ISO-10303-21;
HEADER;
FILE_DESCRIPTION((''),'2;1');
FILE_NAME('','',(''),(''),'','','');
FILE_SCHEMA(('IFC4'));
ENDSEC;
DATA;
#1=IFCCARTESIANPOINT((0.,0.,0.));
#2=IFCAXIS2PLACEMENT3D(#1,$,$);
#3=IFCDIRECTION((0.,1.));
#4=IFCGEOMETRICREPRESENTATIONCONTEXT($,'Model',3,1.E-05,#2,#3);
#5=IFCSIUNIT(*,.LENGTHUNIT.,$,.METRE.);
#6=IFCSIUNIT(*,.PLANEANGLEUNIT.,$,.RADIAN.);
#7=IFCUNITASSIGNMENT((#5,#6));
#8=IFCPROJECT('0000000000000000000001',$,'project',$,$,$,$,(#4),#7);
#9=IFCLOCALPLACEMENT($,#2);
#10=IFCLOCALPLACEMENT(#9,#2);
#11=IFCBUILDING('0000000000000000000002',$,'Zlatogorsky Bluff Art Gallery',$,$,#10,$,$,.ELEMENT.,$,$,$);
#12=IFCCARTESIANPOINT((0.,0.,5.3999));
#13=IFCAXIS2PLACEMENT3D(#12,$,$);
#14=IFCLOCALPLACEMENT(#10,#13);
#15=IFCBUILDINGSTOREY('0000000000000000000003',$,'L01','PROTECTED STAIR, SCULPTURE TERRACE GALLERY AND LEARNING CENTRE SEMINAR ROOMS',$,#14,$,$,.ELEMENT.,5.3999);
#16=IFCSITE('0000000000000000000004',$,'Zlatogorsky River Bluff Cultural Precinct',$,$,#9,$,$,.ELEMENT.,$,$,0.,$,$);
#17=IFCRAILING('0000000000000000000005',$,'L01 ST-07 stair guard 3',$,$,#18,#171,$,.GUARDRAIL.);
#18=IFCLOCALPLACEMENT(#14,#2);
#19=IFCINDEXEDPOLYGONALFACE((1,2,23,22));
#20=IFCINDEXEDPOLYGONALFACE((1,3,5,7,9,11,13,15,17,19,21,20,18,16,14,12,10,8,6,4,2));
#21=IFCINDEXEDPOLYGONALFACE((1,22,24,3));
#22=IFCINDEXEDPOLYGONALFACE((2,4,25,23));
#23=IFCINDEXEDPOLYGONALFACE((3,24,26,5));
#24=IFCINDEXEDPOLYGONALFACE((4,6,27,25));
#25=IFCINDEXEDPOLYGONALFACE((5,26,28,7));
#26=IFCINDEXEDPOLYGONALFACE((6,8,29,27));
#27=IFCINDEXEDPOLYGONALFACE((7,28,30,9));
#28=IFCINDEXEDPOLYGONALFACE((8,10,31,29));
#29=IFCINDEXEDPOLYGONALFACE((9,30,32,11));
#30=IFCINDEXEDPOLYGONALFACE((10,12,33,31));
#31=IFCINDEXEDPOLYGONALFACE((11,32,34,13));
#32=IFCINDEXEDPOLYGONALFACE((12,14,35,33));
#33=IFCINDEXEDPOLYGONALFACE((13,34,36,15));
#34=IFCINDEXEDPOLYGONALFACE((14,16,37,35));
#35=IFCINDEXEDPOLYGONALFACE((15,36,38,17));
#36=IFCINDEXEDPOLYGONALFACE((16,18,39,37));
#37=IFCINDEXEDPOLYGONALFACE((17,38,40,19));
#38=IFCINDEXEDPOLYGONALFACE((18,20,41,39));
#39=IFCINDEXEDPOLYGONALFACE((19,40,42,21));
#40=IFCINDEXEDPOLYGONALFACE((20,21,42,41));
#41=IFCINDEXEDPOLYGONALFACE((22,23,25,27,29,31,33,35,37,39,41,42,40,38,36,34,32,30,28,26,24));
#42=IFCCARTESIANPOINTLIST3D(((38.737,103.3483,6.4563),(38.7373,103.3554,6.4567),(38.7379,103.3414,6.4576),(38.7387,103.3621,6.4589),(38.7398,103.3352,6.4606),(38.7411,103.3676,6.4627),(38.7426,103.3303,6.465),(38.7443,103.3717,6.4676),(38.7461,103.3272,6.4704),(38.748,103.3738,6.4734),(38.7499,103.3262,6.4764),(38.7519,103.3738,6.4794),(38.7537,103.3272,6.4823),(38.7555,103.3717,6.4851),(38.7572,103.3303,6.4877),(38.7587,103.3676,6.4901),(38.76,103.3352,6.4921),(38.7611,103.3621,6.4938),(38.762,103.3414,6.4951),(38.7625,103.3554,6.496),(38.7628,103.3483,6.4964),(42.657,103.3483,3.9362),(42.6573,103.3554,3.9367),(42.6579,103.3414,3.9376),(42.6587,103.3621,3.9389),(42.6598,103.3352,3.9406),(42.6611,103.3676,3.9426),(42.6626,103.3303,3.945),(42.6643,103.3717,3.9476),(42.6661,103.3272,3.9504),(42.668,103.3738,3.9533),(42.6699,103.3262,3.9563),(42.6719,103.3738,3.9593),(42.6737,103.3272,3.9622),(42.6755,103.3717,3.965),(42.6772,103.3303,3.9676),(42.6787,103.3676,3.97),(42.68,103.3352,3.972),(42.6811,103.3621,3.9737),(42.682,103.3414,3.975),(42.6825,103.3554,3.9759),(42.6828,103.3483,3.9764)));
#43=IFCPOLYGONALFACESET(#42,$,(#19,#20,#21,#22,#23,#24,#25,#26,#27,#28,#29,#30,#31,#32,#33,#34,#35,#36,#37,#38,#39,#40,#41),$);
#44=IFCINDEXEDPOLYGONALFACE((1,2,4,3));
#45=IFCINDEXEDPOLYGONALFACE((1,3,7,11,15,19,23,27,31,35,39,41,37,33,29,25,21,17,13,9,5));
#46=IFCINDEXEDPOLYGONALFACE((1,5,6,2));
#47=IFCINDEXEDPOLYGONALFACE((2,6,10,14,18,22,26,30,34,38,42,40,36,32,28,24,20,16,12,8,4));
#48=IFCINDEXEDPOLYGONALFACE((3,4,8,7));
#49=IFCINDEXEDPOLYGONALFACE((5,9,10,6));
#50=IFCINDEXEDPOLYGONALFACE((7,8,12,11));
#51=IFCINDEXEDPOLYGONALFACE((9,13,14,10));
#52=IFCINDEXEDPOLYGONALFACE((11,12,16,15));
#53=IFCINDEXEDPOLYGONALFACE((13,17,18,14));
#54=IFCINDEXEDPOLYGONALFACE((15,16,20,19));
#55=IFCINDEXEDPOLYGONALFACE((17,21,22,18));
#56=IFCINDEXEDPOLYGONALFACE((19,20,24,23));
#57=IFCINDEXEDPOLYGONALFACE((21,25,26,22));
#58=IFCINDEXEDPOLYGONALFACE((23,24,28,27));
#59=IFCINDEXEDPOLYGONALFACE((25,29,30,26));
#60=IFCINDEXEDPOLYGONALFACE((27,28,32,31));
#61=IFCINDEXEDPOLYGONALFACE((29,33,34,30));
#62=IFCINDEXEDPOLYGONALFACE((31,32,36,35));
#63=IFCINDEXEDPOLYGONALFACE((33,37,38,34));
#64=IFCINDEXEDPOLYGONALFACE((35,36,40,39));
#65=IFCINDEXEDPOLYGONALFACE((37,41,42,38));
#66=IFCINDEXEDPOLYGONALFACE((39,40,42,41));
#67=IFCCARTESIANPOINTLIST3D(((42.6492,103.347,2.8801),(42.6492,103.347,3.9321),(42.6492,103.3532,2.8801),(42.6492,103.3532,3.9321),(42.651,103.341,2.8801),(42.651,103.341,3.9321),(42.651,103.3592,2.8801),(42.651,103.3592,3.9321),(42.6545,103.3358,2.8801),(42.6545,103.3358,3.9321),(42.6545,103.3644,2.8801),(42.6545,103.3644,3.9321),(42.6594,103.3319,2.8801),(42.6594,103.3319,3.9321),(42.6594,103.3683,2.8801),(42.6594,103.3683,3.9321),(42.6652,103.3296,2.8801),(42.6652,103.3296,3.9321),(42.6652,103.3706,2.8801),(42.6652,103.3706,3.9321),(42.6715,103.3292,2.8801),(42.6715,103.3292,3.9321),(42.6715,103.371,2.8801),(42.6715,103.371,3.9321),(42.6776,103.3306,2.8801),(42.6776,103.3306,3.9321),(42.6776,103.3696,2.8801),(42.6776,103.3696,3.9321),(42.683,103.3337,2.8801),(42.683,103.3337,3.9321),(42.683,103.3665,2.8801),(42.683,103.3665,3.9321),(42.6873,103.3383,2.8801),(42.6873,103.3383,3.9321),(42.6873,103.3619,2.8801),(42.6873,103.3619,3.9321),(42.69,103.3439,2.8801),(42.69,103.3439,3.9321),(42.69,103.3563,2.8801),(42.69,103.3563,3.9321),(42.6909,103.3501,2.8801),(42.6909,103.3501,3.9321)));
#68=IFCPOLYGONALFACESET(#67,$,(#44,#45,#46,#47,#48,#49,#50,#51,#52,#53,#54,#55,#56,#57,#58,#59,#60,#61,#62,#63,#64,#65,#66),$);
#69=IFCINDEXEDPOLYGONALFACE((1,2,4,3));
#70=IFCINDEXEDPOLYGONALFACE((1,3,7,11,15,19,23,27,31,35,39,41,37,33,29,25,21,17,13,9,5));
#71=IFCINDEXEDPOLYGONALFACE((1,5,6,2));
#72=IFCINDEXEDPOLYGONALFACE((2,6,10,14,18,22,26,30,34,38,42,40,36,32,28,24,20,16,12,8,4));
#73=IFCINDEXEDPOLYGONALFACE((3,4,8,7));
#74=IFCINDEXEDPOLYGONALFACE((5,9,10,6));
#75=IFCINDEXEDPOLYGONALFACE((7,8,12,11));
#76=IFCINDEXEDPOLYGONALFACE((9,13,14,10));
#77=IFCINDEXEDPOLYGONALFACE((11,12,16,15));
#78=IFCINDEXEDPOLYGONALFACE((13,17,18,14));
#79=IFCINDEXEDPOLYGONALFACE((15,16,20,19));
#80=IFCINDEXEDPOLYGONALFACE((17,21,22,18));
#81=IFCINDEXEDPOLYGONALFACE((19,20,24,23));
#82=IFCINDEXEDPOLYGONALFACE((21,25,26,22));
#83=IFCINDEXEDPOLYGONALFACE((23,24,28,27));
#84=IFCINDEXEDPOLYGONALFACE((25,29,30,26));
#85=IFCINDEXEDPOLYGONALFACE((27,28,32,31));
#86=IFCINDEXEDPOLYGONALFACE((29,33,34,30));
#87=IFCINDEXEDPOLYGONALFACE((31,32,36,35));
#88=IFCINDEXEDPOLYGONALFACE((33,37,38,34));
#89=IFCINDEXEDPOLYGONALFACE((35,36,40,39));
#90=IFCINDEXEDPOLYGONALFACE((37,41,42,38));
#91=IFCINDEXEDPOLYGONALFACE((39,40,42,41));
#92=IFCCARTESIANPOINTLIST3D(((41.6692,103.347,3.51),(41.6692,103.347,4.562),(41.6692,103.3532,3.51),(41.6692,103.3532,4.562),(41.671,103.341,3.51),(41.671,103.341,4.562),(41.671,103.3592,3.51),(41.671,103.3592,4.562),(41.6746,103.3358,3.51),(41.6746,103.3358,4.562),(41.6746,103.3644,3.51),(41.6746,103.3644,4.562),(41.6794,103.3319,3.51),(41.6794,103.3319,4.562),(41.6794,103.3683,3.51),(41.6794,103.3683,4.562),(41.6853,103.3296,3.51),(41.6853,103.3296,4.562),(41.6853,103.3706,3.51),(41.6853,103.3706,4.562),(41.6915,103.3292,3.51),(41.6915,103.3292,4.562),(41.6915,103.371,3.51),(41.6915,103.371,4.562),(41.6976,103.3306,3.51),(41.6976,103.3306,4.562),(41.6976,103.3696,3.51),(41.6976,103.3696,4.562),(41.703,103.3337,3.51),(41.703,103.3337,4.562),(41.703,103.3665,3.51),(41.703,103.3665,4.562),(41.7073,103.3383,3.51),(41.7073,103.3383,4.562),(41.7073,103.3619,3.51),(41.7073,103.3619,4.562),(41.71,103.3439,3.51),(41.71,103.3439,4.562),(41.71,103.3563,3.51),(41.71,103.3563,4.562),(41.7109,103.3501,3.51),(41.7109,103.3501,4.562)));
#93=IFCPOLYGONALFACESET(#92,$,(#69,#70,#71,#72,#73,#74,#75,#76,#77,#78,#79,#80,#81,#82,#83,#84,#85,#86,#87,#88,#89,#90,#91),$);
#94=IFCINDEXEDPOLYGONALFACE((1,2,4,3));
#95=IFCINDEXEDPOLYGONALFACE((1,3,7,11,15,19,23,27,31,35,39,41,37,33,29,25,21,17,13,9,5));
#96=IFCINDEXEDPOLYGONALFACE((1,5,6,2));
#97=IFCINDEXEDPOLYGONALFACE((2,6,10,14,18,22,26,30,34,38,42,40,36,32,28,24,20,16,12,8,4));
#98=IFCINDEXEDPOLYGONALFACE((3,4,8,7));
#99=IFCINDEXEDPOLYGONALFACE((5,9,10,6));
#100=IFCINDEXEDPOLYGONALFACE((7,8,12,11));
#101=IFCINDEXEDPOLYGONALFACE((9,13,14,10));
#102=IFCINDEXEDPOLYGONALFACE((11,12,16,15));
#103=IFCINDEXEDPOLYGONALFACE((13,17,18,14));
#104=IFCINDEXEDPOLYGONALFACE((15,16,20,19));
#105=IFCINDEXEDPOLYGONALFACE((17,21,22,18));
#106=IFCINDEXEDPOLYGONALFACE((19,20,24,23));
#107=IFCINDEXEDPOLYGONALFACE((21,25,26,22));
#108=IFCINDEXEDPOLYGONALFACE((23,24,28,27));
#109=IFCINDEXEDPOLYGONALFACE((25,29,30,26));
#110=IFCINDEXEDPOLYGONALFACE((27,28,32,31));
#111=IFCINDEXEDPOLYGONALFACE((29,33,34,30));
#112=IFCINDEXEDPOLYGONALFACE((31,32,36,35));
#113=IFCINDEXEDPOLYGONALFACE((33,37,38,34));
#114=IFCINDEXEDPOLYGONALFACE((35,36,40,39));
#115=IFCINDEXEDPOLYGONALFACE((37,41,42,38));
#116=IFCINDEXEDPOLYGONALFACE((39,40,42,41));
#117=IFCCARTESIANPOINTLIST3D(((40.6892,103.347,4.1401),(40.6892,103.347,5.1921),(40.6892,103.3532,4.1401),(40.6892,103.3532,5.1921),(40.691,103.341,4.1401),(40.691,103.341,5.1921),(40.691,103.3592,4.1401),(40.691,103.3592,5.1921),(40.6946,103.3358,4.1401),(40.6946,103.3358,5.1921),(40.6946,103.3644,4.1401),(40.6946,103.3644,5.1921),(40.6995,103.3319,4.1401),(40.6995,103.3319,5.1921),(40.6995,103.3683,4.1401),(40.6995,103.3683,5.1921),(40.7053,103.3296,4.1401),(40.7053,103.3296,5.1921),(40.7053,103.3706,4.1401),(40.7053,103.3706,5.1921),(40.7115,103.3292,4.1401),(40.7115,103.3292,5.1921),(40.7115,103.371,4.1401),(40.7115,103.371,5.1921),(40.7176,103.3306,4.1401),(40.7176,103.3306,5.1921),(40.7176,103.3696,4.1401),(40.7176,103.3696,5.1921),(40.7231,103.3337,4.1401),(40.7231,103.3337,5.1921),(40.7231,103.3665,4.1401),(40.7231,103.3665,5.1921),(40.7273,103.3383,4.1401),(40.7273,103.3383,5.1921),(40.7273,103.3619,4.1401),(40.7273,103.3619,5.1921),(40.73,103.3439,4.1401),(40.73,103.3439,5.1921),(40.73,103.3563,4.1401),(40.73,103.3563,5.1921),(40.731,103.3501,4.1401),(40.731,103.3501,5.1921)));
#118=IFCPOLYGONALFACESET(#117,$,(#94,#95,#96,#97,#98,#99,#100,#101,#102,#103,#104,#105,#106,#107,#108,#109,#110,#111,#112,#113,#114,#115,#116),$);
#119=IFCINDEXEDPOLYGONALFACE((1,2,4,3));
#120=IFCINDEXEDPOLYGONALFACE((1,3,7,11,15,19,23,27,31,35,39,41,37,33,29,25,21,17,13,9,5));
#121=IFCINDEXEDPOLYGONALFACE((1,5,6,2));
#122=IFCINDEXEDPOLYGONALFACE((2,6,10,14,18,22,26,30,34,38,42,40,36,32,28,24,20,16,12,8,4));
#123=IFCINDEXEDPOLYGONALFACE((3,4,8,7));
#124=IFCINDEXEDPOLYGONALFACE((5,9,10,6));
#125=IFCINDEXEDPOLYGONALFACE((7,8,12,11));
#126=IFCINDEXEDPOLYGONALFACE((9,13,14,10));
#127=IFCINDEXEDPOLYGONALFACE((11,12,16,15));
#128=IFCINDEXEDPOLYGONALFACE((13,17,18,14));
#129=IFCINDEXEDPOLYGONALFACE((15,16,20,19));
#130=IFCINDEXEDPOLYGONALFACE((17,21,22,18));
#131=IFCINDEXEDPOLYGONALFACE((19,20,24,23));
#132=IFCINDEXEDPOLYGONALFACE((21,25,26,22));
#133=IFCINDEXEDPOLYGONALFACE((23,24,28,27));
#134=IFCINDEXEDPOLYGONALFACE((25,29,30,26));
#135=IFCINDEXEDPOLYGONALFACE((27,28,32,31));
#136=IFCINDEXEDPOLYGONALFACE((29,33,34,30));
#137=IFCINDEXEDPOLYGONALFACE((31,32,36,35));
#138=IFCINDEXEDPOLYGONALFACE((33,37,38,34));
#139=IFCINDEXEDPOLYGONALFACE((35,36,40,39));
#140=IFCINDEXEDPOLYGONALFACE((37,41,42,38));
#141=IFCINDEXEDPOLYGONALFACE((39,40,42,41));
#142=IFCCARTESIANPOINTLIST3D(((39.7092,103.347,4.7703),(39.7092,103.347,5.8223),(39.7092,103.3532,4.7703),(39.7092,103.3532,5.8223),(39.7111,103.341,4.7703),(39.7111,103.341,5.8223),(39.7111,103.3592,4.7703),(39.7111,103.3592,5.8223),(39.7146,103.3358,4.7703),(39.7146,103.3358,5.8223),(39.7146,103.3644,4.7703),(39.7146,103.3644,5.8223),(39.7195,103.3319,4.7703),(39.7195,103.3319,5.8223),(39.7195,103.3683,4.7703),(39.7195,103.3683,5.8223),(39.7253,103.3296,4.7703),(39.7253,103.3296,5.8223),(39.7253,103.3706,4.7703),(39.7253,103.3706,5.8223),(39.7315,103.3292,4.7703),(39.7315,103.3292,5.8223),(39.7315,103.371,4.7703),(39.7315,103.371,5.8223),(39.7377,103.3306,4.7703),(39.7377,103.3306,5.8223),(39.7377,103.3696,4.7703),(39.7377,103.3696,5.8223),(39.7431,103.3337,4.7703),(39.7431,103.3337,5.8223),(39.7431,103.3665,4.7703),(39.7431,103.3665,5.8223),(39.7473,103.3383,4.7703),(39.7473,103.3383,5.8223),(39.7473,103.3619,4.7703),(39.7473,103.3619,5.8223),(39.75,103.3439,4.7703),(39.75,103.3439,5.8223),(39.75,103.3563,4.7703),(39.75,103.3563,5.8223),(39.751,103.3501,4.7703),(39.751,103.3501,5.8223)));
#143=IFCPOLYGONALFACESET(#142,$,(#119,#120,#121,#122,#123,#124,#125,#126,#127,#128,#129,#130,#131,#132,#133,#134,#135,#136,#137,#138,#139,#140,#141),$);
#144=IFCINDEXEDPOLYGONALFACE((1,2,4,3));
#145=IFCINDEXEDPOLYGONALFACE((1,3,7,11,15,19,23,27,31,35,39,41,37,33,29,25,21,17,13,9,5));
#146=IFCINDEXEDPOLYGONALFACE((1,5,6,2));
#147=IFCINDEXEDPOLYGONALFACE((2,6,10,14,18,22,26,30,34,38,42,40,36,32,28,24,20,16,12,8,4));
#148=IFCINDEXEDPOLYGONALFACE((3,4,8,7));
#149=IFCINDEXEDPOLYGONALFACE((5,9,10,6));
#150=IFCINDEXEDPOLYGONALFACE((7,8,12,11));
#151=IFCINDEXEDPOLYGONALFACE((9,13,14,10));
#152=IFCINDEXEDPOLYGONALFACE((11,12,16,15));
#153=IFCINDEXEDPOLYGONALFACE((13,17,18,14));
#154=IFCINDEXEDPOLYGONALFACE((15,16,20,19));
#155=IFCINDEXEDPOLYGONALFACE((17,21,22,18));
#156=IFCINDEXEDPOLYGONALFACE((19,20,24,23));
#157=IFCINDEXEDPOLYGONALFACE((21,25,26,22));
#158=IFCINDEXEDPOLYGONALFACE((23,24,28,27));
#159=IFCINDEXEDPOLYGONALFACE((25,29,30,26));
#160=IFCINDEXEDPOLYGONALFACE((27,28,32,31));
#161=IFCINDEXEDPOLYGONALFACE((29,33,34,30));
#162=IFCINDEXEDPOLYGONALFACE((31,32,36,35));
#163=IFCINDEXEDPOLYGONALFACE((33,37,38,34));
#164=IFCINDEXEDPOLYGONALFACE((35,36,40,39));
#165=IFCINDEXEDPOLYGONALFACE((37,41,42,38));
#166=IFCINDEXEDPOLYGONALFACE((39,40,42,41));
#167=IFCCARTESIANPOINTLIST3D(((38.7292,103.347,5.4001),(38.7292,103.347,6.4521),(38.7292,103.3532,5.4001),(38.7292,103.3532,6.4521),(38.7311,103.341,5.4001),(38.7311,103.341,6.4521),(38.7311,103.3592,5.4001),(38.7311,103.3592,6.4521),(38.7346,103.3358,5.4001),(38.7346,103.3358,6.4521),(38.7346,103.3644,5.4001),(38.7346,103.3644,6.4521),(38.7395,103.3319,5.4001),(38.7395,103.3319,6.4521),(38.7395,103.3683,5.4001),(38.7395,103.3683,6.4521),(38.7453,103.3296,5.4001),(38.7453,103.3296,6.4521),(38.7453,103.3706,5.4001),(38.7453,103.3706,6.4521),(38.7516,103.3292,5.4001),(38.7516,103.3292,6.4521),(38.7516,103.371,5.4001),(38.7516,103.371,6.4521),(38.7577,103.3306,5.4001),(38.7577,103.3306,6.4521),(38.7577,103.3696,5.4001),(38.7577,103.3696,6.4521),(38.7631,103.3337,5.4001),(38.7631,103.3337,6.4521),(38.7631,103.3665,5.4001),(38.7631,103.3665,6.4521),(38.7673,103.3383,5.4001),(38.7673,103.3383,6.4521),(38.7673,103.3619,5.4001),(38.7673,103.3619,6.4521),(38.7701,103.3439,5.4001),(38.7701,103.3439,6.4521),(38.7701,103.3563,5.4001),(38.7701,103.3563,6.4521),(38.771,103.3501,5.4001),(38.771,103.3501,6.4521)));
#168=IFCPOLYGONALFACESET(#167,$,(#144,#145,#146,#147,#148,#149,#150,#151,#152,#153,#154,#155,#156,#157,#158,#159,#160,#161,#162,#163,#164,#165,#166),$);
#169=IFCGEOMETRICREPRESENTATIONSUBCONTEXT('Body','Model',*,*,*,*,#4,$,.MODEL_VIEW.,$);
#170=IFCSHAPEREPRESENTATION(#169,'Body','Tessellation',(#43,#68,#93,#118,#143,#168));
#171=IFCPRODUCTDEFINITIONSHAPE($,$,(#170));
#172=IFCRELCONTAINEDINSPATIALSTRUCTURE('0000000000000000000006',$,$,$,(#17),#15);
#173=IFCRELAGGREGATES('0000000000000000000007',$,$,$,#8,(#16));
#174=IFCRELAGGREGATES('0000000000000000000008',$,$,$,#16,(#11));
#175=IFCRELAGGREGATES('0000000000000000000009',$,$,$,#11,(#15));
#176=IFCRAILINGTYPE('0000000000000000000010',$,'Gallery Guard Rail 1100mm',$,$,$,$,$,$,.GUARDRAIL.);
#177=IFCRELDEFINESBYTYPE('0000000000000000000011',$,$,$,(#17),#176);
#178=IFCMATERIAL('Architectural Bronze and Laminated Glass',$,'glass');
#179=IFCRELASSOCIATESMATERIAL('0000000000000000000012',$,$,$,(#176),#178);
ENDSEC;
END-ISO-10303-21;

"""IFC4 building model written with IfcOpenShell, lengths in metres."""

from ifc_helpers import new_model, si_unit, direction, frame, origin, origin_2d, place, context, subcontext, project, spatial, circle, extrude, material, type_object, element, save


model = new_model("IFC4")

# Units and contexts
model_context = context("Model", 3, precision=1e-05, world=origin(), true_north=direction((0.0, 1.0)))
body_context = subcontext(model_context, "Body", "Model", "MODEL_VIEW")
ifc_project = project(units=[si_unit("LENGTHUNIT", "METRE"), si_unit("PLANEANGLEUNIT", "RADIAN")], contexts=[model_context])

# Site, building, storey
site_placement = place(None, origin())
site = spatial("IfcSite", under=ifc_project, at=site_placement, Name="Zlatogorsky River Bluff Cultural Precinct", CompositionType="ELEMENT", RefElevation=0.0)
building_placement = place(site_placement, origin())
building = spatial("IfcBuilding", under=site, at=building_placement, Name="Zlatogorsky Bluff Art Gallery", CompositionType="ELEMENT")
storey_placement = place(building_placement, frame((0.0, 0.0, 5.3999)))
storey = spatial("IfcBuildingStorey", under=building, at=storey_placement, Name="L01", Description="PROTECTED STAIR, SCULPTURE TERRACE GALLERY AND LEARNING CENTRE SEMINAR ROOMS", CompositionType="ELEMENT", Elevation=5.3999)

# Railing
ifc_material_1 = material(Name="Architectural Bronze and Laminated Glass", Category="glass")
railing_type_1 = type_object("IfcRailingType", Name="Gallery Guard Rail 1100mm", PredefinedType="GUARDRAIL", material=ifc_material_1)
railing_1_placement = place(storey_placement, frame((42.6699, 103.3501, 2.8801)))
element("IfcRailing", 1, at=railing_1_placement, inside=storey, type_object=railing_type_1, Name="L01 ST-07 stair guard 3", PredefinedType="GUARDRAIL", context=body_context, shape_type="SweptSolid", body=[
    extrude(circle(Radius=0.0239, at=origin_2d()), frame((0.0, 0.0, 1.0762), z_axis=(-0.841172, 0.0, 0.540768), x_axis=(0.0, -1.0, 0.0)), (0.0, 0.0, 1.0), 4.6602),
    extrude(circle(Radius=0.021, at=origin_2d()), origin(), (0.0, 0.0, 1.0), 1.052),
    extrude(circle(Radius=0.021, at=origin_2d()), frame((-0.98, 0.0, 0.6299)), (0.0, 0.0, 1.0), 1.052),
    extrude(circle(Radius=0.021, at=origin_2d()), frame((-1.96, 0.0, 1.26)), (0.0, 0.0, 1.0), 1.052),
    extrude(circle(Radius=0.021, at=origin_2d()), frame((-2.9399, 0.0, 1.8901)), (0.0, 0.0, 1.0), 1.052),
    extrude(circle(Radius=0.021, at=origin_2d()), frame((-3.9199, 0.0, 2.52)), (0.0, 0.0, 1.0), 1.052),
])

save(model, "model.ifc")
